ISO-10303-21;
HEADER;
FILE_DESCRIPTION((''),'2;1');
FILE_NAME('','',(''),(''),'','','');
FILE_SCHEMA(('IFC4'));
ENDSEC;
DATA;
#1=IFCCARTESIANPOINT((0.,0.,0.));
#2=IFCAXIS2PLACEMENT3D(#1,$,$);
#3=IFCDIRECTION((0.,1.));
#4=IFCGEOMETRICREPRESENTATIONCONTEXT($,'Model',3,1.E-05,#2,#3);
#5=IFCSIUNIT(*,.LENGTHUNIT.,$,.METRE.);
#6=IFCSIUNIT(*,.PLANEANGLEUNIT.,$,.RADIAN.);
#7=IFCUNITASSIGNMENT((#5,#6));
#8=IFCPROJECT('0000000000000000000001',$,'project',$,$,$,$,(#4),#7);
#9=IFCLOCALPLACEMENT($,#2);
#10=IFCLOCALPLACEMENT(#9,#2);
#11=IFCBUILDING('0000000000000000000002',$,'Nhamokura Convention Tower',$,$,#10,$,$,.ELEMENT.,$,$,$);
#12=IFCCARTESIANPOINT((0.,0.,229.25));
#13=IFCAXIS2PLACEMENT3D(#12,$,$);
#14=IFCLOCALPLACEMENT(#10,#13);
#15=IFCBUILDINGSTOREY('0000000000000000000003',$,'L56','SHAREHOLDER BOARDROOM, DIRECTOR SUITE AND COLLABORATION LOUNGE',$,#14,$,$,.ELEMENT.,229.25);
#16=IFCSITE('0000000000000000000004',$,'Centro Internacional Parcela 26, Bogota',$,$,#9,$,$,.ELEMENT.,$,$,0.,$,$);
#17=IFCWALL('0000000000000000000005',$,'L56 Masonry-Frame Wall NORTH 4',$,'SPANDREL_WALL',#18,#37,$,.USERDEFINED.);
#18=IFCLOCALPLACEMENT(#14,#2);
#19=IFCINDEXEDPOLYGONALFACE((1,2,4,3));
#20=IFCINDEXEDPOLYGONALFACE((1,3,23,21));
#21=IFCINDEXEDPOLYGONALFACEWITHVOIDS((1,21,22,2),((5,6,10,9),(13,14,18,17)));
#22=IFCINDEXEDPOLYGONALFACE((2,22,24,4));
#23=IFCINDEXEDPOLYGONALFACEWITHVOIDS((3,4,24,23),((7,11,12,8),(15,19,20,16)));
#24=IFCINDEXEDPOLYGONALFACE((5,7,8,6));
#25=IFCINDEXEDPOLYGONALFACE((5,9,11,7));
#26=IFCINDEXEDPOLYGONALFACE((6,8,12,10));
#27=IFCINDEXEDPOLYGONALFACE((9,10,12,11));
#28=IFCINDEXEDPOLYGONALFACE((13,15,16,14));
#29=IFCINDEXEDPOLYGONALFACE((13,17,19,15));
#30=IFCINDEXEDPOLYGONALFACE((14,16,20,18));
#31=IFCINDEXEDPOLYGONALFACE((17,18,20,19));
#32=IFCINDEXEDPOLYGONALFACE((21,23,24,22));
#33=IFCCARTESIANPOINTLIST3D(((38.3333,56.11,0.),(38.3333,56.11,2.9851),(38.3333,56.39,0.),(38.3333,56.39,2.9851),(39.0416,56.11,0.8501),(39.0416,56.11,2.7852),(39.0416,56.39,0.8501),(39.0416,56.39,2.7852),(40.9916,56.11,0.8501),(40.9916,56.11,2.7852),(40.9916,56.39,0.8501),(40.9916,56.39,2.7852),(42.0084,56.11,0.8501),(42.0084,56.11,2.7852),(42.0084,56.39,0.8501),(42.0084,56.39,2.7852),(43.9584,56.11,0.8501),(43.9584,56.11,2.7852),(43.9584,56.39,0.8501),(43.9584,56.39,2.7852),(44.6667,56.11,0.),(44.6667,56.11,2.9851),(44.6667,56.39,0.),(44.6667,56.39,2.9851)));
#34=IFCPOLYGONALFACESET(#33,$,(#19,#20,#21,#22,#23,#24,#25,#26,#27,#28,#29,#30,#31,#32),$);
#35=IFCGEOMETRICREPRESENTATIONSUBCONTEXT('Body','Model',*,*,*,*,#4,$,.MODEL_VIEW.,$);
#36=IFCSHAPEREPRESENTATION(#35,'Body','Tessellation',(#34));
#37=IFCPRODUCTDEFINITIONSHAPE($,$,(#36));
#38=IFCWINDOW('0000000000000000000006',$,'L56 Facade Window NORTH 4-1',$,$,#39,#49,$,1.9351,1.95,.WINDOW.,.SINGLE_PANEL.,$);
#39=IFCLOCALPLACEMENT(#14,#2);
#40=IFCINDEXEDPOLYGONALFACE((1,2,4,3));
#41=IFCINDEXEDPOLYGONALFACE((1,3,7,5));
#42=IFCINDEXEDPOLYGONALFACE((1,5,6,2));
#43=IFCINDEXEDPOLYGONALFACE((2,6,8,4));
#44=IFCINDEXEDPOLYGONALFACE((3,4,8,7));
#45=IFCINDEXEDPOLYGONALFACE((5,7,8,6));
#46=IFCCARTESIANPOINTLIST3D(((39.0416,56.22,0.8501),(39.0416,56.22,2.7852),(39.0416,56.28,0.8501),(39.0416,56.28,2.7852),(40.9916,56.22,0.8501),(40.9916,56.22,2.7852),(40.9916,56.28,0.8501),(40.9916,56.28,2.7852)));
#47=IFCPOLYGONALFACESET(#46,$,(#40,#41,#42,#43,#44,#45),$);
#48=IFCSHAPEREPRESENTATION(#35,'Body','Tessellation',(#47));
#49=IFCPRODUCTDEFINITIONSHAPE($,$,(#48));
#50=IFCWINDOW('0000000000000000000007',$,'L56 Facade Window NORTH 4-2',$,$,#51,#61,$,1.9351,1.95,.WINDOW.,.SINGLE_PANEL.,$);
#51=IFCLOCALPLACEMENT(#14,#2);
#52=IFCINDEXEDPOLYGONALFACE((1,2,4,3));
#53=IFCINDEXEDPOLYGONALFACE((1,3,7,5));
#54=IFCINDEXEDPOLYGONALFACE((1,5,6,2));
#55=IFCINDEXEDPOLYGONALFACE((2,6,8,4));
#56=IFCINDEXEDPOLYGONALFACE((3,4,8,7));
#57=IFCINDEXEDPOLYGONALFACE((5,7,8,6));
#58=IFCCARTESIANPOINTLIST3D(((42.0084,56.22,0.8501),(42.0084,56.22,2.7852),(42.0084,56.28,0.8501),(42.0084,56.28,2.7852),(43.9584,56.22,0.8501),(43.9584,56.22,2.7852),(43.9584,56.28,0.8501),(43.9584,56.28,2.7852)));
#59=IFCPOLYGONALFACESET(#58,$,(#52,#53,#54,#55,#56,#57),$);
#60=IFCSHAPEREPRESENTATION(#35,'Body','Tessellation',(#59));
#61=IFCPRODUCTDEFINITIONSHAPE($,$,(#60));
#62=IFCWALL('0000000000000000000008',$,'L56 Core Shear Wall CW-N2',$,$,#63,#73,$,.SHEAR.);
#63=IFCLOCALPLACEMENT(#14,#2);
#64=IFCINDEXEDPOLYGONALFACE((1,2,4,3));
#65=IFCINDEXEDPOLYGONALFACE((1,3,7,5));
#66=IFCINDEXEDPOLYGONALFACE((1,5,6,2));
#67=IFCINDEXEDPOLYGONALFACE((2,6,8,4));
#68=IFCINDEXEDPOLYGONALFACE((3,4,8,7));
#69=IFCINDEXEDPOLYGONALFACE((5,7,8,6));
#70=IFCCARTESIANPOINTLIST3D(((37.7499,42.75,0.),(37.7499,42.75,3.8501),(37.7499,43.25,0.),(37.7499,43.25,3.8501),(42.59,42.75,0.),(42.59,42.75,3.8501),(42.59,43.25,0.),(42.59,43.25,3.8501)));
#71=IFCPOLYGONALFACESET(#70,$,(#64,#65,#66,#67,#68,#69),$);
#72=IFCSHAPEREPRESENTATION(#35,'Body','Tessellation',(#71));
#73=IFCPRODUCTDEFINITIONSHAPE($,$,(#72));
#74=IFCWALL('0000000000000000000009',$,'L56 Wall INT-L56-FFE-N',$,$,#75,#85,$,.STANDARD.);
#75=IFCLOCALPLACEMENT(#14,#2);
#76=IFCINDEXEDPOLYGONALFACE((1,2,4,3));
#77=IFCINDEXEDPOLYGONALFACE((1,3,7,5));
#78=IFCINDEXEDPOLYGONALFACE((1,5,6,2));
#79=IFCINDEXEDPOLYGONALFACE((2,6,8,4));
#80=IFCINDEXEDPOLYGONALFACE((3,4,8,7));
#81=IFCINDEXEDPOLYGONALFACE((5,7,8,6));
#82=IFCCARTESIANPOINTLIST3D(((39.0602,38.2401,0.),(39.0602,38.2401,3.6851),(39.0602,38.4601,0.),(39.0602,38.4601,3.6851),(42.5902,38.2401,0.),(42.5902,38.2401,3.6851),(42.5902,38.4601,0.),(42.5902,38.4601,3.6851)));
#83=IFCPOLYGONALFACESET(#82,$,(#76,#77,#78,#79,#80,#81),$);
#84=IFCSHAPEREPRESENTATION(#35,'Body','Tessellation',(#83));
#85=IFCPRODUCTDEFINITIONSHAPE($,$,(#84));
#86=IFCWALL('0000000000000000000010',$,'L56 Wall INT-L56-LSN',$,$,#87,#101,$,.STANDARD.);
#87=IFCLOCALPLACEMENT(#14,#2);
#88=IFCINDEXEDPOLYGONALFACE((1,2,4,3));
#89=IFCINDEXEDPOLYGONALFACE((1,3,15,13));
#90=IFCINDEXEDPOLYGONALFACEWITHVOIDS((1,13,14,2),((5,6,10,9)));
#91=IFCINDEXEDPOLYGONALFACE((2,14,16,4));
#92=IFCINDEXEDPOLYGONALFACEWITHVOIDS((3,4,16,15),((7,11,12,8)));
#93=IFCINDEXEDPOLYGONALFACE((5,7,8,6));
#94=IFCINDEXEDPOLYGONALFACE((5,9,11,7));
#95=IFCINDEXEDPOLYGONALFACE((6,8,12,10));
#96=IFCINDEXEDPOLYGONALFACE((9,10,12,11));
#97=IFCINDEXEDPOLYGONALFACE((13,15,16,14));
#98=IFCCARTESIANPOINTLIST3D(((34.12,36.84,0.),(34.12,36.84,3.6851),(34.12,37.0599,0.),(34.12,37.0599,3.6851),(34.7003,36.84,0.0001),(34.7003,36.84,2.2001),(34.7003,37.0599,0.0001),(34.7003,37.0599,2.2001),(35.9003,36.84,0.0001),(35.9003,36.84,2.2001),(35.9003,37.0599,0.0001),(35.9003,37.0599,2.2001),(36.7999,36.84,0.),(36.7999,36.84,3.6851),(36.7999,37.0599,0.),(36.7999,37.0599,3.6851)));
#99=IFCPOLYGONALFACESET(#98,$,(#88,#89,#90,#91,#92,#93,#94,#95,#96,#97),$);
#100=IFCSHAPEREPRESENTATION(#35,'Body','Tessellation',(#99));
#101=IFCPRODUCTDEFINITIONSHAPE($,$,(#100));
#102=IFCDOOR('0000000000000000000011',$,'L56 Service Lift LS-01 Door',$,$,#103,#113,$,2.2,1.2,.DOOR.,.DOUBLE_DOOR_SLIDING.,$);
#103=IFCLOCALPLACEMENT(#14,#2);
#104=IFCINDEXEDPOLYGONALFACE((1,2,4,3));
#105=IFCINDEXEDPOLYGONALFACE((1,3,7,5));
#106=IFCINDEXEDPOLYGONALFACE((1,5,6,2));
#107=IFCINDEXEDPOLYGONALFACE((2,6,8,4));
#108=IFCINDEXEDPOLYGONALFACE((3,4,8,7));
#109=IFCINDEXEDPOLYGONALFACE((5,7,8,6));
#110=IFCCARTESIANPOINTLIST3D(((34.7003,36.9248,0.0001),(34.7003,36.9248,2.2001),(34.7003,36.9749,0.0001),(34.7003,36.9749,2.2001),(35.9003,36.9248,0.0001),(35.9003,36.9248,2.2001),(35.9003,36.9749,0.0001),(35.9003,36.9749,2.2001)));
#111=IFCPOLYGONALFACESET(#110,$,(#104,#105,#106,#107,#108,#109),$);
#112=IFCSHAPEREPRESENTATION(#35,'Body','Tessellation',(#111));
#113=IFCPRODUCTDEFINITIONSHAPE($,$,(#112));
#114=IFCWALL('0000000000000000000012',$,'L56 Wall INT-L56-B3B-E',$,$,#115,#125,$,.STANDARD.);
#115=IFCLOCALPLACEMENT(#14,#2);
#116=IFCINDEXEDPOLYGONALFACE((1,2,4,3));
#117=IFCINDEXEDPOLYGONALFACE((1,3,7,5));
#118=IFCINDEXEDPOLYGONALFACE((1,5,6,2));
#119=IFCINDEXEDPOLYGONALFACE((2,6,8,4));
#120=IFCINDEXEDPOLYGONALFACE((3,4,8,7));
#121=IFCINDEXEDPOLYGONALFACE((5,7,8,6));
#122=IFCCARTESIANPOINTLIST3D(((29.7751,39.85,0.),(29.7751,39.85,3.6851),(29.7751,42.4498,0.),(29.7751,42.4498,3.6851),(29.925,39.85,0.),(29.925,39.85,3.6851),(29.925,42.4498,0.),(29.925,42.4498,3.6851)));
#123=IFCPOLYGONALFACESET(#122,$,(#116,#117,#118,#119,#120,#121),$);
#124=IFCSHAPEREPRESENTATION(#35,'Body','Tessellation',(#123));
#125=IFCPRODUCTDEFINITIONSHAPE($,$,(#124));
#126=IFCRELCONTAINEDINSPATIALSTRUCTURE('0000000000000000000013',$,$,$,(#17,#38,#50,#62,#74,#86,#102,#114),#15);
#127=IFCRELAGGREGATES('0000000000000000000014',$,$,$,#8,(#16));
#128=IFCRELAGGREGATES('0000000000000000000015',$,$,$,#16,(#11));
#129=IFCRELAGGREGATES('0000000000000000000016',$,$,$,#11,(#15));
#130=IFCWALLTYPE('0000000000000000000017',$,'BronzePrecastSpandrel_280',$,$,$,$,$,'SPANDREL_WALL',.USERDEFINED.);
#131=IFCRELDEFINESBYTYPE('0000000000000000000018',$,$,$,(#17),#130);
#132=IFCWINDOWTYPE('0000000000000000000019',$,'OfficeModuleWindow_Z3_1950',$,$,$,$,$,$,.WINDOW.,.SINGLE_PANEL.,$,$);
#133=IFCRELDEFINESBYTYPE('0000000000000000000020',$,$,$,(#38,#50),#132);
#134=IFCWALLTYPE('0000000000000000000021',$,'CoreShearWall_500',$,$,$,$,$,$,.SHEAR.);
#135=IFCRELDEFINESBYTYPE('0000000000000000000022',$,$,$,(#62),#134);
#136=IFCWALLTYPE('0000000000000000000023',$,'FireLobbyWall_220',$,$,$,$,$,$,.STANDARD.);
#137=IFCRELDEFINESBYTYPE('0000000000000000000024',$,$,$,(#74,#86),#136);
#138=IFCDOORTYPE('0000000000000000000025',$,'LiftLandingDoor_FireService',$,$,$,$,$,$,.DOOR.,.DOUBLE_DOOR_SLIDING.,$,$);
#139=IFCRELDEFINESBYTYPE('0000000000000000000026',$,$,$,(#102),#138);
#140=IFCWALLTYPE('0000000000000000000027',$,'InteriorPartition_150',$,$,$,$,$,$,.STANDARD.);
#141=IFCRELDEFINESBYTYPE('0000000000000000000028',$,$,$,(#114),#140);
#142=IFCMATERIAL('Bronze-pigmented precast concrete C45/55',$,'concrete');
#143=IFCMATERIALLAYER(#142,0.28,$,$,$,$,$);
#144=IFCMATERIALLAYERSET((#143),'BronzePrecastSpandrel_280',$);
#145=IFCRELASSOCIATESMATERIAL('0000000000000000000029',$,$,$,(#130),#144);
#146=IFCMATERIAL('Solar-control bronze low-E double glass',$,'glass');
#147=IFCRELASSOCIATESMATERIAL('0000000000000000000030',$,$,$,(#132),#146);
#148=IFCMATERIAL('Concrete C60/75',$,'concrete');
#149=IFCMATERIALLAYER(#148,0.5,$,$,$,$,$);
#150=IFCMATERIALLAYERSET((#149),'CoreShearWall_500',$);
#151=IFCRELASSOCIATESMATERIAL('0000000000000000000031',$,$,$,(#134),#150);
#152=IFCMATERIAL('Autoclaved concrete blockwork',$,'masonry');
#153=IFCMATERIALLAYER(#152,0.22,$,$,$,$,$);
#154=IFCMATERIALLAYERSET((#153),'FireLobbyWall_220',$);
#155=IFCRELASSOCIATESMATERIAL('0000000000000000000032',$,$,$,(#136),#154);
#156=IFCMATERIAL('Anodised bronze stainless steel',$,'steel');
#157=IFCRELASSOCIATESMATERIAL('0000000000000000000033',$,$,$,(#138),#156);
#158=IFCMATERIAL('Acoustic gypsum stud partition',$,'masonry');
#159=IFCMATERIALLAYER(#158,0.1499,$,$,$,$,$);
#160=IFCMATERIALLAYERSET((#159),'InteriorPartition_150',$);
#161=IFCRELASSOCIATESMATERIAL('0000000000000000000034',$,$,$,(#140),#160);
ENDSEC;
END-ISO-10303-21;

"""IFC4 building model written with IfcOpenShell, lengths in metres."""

from ifc_helpers import new_model, si_unit, direction, frame, frame_2d, origin, place, context, subcontext, project, spatial, rectangle, extrude, material, layer, layer_set, type_object, element, fill, save


model = new_model("IFC4")

# Units and contexts
model_context = context("Model", 3, precision=1e-05, world=origin(), true_north=direction((0.0, 1.0)))
body_context = subcontext(model_context, "Body", "Model", "MODEL_VIEW")
ifc_project = project(units=[si_unit("LENGTHUNIT", "METRE"), si_unit("PLANEANGLEUNIT", "RADIAN")], contexts=[model_context])

# Site, building, storey
site_placement = place(None, origin())
site = spatial("IfcSite", under=ifc_project, at=site_placement, Name="Centro Internacional Parcela 26, Bogota", CompositionType="ELEMENT", RefElevation=0.0)
building_placement = place(site_placement, origin())
building = spatial("IfcBuilding", under=site, at=building_placement, Name="Nhamokura Convention Tower", CompositionType="ELEMENT")
storey_placement = place(building_placement, frame((0.0, 0.0, 229.25)))
storey = spatial("IfcBuildingStorey", under=building, at=storey_placement, Name="L56", Description="SHAREHOLDER BOARDROOM, DIRECTOR SUITE AND COLLABORATION LOUNGE", CompositionType="ELEMENT", Elevation=229.25)

# Shared definitions
ifc_material_1 = material(Name="Bronze-pigmented precast concrete C45/55", Category="concrete")
ifc_layer_1 = layer(ifc_material_1, 0.28)
ifc_layer_set_1 = layer_set([ifc_layer_1], Name="BronzePrecastSpandrel_280")
wall_type_1 = type_object("IfcWallType", Name="BronzePrecastSpandrel_280", ElementType="SPANDREL_WALL", PredefinedType="USERDEFINED", material=ifc_layer_set_1)

# Wall, openings, windows
wall_1_placement = place(storey_placement, frame((38.3333, 56.25, 0.0), z_axis=(0.0, 0.0, 1.0), x_axis=(1.0, 0.0, 0.0)))
wall_1 = element("IfcWall", 1, at=wall_1_placement, inside=storey, type_object=wall_type_1, Name="L56 Masonry-Frame Wall NORTH 4", ObjectType="SPANDREL_WALL", PredefinedType="USERDEFINED", context=body_context, shape_type="SweptSolid", body=[
    extrude(rectangle(XDim=6.3335, YDim=0.28, at=frame_2d((3.1667, 0.0))), origin(), (0.0, 0.0, 1.0), 2.9851),
])
opening_1_placement = place(wall_1_placement, frame((0.7083, 0.0, 0.8501)))
opening_1 = element("IfcOpeningElement", 2, at=opening_1_placement, cuts=wall_1, PredefinedType="OPENING", context=body_context, shape_type="SweptSolid", body=[
    extrude(rectangle(XDim=1.95, YDim=1.9351, at=frame_2d((0.9751, 0.9675))), frame((0.0, 0.1499, 0.0), z_axis=(0.0, -1.0, 0.0), x_axis=(1.0, 0.0, 0.0)), (0.0, 0.0, 1.0), 0.3),
])
opening_2_placement = place(wall_1_placement, frame((3.675, 0.0, 0.8501)))
opening_2 = element("IfcOpeningElement", 3, at=opening_2_placement, cuts=wall_1, PredefinedType="OPENING", context=body_context, shape_type="SweptSolid", body=[
    extrude(rectangle(XDim=1.95, YDim=1.9351, at=frame_2d((0.9751, 0.9675))), frame((0.0, 0.1499, 0.0), z_axis=(0.0, -1.0, 0.0), x_axis=(1.0, 0.0, 0.0)), (0.0, 0.0, 1.0), 0.3),
])
ifc_material_2 = material(Name="Solar-control bronze low-E double glass", Category="glass")
window_type_1 = type_object("IfcWindowType", Name="OfficeModuleWindow_Z3_1950", PartitioningType="SINGLE_PANEL", PredefinedType="WINDOW", material=ifc_material_2)
window_1_placement = place(opening_1_placement, origin())
window_1 = element("IfcWindow", 4, at=window_1_placement, inside=storey, type_object=window_type_1, Name="L56 Facade Window NORTH 4-1", OverallHeight=1.9351, OverallWidth=1.95, PartitioningType="SINGLE_PANEL", PredefinedType="WINDOW", context=body_context, shape_type="SweptSolid", body=[
    extrude(rectangle(XDim=1.95, YDim=1.9351, at=frame_2d((0.9751, 0.9675))), frame((0.0, 0.03, 0.0), z_axis=(0.0, -1.0, 0.0), x_axis=(1.0, 0.0, 0.0)), (0.0, 0.0, 1.0), 0.0601),
])
fill(opening_1, window_1)
window_2_placement = place(opening_2_placement, origin())
window_2 = element("IfcWindow", 5, at=window_2_placement, inside=storey, type_object=window_type_1, Name="L56 Facade Window NORTH 4-2", OverallHeight=1.9351, OverallWidth=1.95, PartitioningType="SINGLE_PANEL", PredefinedType="WINDOW", context=body_context, shape_type="SweptSolid", body=[
    extrude(rectangle(XDim=1.95, YDim=1.9351, at=frame_2d((0.9751, 0.9675))), frame((0.0, 0.03, 0.0), z_axis=(0.0, -1.0, 0.0), x_axis=(1.0, 0.0, 0.0)), (0.0, 0.0, 1.0), 0.0601),
])
fill(opening_2, window_2)

# Walls
ifc_material_3 = material(Name="Concrete C60/75", Category="concrete")
ifc_layer_2 = layer(ifc_material_3, 0.5)
ifc_layer_set_2 = layer_set([ifc_layer_2], Name="CoreShearWall_500")
wall_type_2 = type_object("IfcWallType", Name="CoreShearWall_500", PredefinedType="SHEAR", material=ifc_layer_set_2)
wall_2_placement = place(storey_placement, frame((37.75, 43.0, 0.0), z_axis=(0.0, 0.0, 1.0), x_axis=(1.0, 0.0, 0.0)))
element("IfcWall", 6, at=wall_2_placement, inside=storey, type_object=wall_type_2, Name="L56 Core Shear Wall CW-N2", PredefinedType="SHEAR", context=body_context, shape_type="SweptSolid", body=[
    extrude(rectangle(XDim=4.8401, YDim=0.5, at=frame_2d((2.4199, 0.0))), origin(), (0.0, 0.0, 1.0), 3.8501),
])
ifc_material_4 = material(Name="Autoclaved concrete blockwork", Category="masonry")
ifc_layer_3 = layer(ifc_material_4, 0.22)
ifc_layer_set_3 = layer_set([ifc_layer_3], Name="FireLobbyWall_220")
wall_type_3 = type_object("IfcWallType", Name="FireLobbyWall_220", PredefinedType="STANDARD", material=ifc_layer_set_3)
wall_3_placement = place(storey_placement, frame((39.0601, 38.3501, 0.0), z_axis=(0.0, 0.0, 1.0), x_axis=(1.0, 0.0, 0.0)))
element("IfcWall", 7, at=wall_3_placement, inside=storey, type_object=wall_type_3, Name="L56 Wall INT-L56-FFE-N", PredefinedType="STANDARD", context=body_context, shape_type="SweptSolid", body=[
    extrude(rectangle(XDim=3.53, YDim=0.22, at=frame_2d((1.7651, 0.0))), origin(), (0.0, 0.0, 1.0), 3.6851),
])

# Wall, opening, door
wall_4_placement = place(storey_placement, frame((34.1201, 36.95, 0.0), z_axis=(0.0, 0.0, 1.0), x_axis=(1.0, 0.0, 0.0)))
wall_4 = element("IfcWall", 8, at=wall_4_placement, inside=storey, type_object=wall_type_3, Name="L56 Wall INT-L56-LSN", PredefinedType="STANDARD", context=body_context, shape_type="SweptSolid", body=[
    extrude(rectangle(XDim=2.6799, YDim=0.22, at=frame_2d((1.3398, 0.0))), origin(), (0.0, 0.0, 1.0), 3.6851),
])
opening_3_placement = place(wall_4_placement, frame((0.5801, 0.0, 0.0)))
opening_3 = element("IfcOpeningElement", 9, at=opening_3_placement, cuts=wall_4, PredefinedType="OPENING", context=body_context, shape_type="SweptSolid", body=[
    extrude(rectangle(XDim=1.2, YDim=2.2, at=frame_2d((0.6001, 1.1001))), frame((0.0, 0.1199, 0.0), z_axis=(0.0, -1.0, 0.0), x_axis=(1.0, 0.0, 0.0)), (0.0, 0.0, 1.0), 0.24),
])
ifc_material_5 = material(Name="Anodised bronze stainless steel", Category="steel")
door_type_1 = type_object("IfcDoorType", Name="LiftLandingDoor_FireService", OperationType="DOUBLE_DOOR_SLIDING", PredefinedType="DOOR", material=ifc_material_5)
door_1_placement = place(opening_3_placement, origin())
door_1 = element("IfcDoor", 10, at=door_1_placement, inside=storey, type_object=door_type_1, Name="L56 Service Lift LS-01 Door", OperationType="DOUBLE_DOOR_SLIDING", OverallHeight=2.2, OverallWidth=1.2, PredefinedType="DOOR", context=body_context, shape_type="SweptSolid", body=[
    extrude(rectangle(XDim=1.2, YDim=2.2, at=frame_2d((0.6001, 1.1001))), frame((0.0, 0.0249, 0.0), z_axis=(0.0, -1.0, 0.0), x_axis=(1.0, 0.0, 0.0)), (0.0, 0.0, 1.0), 0.05),
])
fill(opening_3, door_1)

# Wall
ifc_material_6 = material(Name="Acoustic gypsum stud partition", Category="masonry")
ifc_layer_4 = layer(ifc_material_6, 0.1499)
ifc_layer_set_4 = layer_set([ifc_layer_4], Name="InteriorPartition_150")
wall_type_4 = type_object("IfcWallType", Name="InteriorPartition_150", PredefinedType="STANDARD", material=ifc_layer_set_4)
wall_5_placement = place(storey_placement, frame((29.8501, 39.8501, 0.0), z_axis=(0.0, 0.0, 1.0), x_axis=(0.0, 1.0, 0.0)))
element("IfcWall", 11, at=wall_5_placement, inside=storey, type_object=wall_type_4, Name="L56 Wall INT-L56-B3B-E", PredefinedType="STANDARD", context=body_context, shape_type="SweptSolid", body=[
    extrude(rectangle(XDim=2.5999, YDim=0.1499, at=frame_2d((1.2998, 0.0))), origin(), (0.0, 0.0, 1.0), 3.6851),
])

save(model, "model.ifc")
